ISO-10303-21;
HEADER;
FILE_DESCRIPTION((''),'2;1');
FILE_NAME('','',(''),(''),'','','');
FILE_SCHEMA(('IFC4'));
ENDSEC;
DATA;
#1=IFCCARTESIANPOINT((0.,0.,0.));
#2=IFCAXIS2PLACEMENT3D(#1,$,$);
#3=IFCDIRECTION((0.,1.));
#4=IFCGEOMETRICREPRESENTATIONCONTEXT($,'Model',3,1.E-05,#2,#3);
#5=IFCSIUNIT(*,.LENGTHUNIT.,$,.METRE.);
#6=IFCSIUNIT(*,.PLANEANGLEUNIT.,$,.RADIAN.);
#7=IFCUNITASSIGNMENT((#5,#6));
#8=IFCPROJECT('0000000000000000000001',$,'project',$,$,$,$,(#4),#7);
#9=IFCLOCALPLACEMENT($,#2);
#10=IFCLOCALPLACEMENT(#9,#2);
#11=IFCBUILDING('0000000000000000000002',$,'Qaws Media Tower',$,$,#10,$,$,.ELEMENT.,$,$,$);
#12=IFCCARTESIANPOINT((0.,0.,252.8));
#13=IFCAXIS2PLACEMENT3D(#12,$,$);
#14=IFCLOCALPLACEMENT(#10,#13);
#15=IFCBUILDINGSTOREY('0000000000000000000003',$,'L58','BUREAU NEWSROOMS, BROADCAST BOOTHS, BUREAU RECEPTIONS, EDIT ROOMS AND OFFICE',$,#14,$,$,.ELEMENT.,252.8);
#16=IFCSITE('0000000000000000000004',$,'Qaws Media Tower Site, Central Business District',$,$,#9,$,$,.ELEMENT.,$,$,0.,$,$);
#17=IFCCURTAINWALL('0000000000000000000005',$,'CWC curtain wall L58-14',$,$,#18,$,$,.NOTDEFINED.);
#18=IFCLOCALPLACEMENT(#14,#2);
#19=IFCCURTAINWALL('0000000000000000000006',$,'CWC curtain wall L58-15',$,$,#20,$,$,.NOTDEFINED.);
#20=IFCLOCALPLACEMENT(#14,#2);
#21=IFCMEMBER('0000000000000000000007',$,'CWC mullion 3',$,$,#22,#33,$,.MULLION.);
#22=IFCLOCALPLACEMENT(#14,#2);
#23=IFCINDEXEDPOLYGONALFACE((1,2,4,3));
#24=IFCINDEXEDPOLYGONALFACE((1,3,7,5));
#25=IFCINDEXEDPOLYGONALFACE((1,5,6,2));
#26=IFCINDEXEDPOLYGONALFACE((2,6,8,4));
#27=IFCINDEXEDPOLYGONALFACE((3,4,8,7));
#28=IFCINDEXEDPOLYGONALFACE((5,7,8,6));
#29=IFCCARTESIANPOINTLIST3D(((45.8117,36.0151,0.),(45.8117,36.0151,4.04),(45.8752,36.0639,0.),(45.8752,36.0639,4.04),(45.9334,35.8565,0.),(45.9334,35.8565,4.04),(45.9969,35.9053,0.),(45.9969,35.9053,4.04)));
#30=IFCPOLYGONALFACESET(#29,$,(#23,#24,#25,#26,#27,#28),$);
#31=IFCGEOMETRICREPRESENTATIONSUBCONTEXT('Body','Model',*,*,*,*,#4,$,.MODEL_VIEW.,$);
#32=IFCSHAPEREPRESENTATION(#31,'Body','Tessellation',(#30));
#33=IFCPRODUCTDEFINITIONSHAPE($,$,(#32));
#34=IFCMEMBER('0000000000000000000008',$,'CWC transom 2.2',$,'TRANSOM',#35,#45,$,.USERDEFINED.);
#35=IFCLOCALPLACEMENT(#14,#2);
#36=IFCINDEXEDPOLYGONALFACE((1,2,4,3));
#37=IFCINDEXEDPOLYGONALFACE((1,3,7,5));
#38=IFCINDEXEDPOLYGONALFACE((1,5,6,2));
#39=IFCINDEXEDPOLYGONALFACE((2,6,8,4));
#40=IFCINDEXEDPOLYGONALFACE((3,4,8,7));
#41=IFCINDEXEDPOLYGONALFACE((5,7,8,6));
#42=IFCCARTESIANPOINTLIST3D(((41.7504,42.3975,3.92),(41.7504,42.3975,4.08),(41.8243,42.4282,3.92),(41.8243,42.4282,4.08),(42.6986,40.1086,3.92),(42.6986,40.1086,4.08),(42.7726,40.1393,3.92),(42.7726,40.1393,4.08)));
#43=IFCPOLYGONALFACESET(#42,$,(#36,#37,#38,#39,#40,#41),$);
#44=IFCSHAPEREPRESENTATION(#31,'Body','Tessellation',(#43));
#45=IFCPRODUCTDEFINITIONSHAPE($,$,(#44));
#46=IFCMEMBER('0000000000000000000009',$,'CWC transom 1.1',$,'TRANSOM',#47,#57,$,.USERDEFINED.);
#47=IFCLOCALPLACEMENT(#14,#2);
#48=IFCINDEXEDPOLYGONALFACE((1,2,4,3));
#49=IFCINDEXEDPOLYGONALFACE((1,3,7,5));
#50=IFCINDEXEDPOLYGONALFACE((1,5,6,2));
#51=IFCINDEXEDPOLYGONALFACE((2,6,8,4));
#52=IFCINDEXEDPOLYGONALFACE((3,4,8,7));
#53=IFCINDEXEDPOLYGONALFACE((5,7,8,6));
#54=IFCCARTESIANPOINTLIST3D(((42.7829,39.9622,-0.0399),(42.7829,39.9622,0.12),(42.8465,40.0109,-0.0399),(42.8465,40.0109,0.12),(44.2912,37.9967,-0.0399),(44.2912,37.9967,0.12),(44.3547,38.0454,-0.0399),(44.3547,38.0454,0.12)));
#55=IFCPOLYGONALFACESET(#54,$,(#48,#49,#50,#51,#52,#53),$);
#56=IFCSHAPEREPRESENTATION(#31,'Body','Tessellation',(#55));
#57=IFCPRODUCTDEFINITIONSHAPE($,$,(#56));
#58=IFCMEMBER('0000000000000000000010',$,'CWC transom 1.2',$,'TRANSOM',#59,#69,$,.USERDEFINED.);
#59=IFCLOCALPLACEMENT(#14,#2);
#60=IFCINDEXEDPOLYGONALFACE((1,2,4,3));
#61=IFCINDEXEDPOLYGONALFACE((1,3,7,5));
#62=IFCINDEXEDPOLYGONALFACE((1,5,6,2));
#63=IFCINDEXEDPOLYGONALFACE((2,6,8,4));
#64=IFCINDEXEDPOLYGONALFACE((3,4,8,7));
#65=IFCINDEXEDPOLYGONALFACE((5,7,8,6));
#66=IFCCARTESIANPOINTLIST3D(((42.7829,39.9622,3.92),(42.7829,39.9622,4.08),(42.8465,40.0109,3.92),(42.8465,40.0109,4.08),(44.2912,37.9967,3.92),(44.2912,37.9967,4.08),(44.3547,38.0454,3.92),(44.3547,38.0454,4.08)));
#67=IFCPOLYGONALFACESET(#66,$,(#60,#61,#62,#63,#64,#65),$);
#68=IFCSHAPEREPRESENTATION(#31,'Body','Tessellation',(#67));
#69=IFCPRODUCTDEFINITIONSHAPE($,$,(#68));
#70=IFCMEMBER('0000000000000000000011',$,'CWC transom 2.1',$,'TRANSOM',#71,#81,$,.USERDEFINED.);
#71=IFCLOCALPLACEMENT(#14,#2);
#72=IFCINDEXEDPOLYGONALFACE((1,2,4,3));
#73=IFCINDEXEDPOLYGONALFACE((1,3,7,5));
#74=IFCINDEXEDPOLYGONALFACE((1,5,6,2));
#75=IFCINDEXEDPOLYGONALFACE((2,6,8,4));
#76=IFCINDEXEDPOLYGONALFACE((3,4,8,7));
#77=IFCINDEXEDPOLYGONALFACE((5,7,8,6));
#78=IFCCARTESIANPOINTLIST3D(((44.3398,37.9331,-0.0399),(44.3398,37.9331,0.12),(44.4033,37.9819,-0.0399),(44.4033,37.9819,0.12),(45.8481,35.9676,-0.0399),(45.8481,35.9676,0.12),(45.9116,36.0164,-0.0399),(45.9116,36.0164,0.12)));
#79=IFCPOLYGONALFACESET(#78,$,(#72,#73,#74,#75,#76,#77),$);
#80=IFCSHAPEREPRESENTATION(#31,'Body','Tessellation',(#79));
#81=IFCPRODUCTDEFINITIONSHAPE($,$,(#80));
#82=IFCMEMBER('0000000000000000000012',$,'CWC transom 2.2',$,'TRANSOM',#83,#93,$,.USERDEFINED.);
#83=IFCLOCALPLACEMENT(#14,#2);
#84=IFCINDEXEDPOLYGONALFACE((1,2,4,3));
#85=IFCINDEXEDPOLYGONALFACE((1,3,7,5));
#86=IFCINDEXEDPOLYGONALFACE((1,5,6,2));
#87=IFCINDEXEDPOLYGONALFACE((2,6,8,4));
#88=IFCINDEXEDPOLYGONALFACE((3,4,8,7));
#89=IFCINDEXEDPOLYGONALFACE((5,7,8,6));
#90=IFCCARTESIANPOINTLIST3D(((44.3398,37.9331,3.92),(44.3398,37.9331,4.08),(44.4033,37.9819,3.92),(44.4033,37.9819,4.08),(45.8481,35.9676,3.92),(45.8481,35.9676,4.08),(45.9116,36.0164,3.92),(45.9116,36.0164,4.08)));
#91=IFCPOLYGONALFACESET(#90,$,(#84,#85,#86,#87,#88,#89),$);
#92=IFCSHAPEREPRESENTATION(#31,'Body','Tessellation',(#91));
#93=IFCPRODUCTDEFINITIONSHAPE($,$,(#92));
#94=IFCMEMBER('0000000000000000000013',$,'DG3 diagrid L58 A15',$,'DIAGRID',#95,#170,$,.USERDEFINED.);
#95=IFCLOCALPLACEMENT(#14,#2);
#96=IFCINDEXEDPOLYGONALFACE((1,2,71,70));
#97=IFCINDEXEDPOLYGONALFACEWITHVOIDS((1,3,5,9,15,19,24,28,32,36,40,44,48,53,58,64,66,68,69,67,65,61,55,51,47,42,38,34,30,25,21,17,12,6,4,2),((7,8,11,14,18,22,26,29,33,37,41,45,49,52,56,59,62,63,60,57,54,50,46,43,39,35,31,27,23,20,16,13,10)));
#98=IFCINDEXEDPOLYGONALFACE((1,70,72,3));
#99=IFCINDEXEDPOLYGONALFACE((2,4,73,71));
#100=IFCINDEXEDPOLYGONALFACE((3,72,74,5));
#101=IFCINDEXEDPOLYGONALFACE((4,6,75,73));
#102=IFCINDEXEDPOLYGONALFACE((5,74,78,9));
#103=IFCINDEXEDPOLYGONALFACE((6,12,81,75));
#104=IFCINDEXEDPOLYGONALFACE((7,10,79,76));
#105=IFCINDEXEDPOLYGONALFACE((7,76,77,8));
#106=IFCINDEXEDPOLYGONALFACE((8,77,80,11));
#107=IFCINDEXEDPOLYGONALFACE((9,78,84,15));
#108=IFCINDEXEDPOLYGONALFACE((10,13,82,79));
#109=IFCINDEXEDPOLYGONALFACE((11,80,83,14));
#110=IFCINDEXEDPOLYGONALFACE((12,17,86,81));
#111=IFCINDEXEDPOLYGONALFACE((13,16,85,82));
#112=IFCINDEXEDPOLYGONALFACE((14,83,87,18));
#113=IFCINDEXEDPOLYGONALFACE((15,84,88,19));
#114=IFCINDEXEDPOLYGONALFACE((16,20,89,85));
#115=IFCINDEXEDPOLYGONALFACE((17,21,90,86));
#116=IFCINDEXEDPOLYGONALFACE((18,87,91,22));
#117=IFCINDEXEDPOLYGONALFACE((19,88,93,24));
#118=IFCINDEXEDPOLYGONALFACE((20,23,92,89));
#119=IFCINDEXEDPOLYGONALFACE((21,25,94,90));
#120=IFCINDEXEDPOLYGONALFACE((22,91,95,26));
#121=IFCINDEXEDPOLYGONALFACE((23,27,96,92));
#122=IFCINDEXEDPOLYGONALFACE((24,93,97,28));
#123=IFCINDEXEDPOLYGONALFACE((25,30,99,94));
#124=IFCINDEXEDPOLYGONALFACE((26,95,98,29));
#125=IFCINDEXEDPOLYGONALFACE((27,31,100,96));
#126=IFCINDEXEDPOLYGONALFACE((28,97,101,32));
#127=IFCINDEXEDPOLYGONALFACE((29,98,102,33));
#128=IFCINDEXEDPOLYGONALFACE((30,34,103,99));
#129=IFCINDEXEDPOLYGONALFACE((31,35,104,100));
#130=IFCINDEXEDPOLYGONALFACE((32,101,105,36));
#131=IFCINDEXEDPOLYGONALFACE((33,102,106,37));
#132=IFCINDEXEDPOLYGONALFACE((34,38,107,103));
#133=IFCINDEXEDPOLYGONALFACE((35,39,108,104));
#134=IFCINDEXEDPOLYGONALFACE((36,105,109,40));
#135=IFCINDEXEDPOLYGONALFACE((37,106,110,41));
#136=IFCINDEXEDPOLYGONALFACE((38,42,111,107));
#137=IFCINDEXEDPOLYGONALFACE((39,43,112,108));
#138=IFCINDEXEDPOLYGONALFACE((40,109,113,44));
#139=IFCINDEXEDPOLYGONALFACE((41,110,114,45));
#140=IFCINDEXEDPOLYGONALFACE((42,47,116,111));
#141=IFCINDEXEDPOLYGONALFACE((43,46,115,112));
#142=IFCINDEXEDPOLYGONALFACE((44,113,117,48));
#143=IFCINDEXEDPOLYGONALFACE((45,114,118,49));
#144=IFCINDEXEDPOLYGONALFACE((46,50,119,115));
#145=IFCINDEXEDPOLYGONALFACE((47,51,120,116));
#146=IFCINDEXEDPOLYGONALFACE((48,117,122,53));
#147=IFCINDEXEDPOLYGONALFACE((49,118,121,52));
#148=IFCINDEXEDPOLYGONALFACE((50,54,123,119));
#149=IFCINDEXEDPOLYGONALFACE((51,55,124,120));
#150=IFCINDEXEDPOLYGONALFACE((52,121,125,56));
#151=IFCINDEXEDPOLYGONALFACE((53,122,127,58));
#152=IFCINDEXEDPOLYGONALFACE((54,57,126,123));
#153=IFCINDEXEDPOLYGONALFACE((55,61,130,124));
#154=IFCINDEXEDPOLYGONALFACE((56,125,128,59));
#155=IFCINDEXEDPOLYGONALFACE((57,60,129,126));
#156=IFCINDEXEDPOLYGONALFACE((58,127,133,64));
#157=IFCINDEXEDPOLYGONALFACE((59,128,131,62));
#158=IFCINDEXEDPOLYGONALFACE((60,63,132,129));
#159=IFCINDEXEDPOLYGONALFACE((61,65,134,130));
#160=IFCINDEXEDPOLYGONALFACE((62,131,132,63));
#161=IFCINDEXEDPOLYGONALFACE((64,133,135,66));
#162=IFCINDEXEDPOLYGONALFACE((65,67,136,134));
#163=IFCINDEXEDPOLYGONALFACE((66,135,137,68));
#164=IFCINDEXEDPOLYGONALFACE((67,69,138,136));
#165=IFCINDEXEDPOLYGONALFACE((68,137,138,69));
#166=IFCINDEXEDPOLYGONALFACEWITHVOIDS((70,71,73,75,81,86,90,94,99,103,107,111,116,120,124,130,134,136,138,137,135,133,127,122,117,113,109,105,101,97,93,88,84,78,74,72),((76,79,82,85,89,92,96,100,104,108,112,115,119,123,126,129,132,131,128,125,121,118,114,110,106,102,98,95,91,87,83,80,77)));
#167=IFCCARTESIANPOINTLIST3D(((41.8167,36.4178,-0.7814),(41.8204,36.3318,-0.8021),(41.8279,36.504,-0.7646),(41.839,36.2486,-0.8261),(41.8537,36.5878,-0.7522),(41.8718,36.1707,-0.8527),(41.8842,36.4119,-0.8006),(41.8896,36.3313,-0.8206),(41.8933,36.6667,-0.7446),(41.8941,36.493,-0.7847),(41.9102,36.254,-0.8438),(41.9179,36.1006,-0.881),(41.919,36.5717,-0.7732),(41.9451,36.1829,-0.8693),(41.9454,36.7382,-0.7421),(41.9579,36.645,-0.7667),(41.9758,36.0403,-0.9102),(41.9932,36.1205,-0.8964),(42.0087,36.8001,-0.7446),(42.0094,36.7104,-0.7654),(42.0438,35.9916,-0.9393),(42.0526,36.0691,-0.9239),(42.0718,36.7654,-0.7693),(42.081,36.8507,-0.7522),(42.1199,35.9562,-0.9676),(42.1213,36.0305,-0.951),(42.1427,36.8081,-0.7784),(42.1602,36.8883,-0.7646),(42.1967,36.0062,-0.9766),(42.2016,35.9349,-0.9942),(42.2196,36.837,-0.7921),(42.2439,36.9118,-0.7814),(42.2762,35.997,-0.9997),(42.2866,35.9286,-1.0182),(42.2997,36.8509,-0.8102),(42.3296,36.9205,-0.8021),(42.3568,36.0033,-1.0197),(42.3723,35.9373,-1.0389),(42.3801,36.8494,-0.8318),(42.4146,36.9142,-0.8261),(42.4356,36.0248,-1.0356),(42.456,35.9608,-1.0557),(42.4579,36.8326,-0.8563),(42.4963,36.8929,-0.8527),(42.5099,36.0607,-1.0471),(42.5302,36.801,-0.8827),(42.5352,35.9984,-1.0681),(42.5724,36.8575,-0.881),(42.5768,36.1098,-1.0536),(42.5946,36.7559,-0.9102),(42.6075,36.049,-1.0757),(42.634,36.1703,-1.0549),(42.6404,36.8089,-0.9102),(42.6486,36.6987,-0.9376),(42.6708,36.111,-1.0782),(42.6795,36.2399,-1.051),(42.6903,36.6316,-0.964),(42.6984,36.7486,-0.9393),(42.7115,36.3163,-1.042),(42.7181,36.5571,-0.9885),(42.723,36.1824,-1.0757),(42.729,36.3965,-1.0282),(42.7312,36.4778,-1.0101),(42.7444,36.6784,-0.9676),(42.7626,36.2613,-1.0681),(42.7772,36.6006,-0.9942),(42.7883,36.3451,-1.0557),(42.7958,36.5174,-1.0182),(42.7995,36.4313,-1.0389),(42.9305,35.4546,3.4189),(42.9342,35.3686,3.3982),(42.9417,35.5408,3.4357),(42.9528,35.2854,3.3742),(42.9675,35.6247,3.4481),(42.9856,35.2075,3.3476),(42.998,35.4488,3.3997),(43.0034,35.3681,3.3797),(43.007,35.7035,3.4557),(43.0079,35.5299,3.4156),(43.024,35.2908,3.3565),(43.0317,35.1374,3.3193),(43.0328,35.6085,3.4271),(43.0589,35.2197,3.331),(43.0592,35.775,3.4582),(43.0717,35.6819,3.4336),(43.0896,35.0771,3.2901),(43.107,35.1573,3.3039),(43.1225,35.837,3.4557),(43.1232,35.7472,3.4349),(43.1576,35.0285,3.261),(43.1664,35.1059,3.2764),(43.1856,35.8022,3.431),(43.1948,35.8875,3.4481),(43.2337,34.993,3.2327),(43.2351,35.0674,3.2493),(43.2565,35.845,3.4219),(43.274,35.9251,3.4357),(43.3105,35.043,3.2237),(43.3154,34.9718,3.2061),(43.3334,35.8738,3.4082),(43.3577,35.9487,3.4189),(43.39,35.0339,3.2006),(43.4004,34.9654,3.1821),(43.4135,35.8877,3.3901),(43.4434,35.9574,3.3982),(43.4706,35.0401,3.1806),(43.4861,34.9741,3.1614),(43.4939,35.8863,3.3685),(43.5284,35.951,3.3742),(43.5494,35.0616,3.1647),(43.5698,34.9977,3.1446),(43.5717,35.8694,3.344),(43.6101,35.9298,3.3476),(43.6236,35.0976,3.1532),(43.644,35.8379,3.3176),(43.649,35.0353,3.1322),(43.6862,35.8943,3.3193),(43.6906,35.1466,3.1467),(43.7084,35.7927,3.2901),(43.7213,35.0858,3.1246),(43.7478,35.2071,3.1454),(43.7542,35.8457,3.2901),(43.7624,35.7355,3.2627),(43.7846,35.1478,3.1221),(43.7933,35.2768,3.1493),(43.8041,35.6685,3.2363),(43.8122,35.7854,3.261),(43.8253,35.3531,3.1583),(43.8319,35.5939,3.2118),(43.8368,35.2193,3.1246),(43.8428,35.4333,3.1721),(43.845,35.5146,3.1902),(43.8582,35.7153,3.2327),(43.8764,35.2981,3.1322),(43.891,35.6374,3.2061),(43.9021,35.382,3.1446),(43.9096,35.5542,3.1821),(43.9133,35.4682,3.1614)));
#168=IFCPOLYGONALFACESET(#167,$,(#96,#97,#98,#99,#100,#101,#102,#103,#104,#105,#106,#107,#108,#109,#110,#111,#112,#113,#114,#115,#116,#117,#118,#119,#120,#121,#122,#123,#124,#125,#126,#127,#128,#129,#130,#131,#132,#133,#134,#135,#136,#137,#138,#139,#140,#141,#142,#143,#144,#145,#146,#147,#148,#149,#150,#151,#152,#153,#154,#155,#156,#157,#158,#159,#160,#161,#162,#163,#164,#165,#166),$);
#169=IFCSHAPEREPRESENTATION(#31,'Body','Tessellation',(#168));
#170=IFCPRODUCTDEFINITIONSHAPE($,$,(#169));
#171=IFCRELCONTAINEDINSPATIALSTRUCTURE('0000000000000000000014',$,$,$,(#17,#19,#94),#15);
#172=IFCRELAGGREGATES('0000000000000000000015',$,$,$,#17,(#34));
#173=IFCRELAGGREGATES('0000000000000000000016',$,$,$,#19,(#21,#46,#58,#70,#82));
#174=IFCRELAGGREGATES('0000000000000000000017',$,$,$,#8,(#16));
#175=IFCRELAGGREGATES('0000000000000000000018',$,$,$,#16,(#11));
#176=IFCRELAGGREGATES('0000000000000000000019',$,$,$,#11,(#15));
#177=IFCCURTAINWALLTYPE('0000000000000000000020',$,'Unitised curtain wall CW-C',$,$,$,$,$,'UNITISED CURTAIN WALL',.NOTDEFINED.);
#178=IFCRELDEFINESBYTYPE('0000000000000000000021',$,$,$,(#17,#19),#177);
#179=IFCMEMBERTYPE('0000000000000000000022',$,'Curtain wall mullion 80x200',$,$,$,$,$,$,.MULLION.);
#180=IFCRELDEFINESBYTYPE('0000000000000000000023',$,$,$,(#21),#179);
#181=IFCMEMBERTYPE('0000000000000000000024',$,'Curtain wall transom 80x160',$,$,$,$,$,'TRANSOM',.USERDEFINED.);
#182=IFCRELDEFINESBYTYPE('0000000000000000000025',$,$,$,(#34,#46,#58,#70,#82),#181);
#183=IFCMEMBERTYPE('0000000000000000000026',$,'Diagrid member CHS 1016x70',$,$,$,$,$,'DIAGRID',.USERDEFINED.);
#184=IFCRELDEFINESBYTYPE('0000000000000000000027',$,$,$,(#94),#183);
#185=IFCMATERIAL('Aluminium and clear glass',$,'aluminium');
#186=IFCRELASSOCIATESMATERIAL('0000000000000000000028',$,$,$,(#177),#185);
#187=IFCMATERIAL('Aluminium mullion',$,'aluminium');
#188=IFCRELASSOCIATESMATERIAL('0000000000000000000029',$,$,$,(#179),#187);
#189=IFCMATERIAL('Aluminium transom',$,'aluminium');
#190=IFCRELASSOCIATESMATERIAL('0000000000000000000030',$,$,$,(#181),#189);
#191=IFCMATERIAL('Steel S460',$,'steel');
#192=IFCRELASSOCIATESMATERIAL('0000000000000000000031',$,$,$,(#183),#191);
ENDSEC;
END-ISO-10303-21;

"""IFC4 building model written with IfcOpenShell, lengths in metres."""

from ifc_helpers import new_model, si_unit, direction, frame, origin, origin_2d, place, context, subcontext, project, spatial, rectangle, hollow_circle, extrude, material, material_profile, profile_set, type_object, element, aggregate, save


model = new_model("IFC4")

# Units and contexts
model_context = context("Model", 3, precision=1e-05, world=origin(), true_north=direction((0.0, 1.0)))
body_context = subcontext(model_context, "Body", "Model", "MODEL_VIEW")
ifc_project = project(units=[si_unit("LENGTHUNIT", "METRE"), si_unit("PLANEANGLEUNIT", "RADIAN")], contexts=[model_context])

# Site, building, storey
site_placement = place(None, origin())
site = spatial("IfcSite", under=ifc_project, at=site_placement, Name="Qaws Media Tower Site, Central Business District", CompositionType="ELEMENT", RefElevation=0.0)
building_placement = place(site_placement, origin())
building = spatial("IfcBuilding", under=site, at=building_placement, Name="Qaws Media Tower", CompositionType="ELEMENT")
storey_placement = place(building_placement, frame((0.0, 0.0, 252.8)))
storey = spatial("IfcBuildingStorey", under=building, at=storey_placement, Name="L58", Description="BUREAU NEWSROOMS, BROADCAST BOOTHS, BUREAU RECEPTIONS, EDIT ROOMS AND OFFICE", CompositionType="ELEMENT", Elevation=252.8)

# Curtain wall
ifc_material_1 = material(Name="Aluminium and clear glass", Category="aluminium")
curtain_wall_type = type_object("IfcCurtainWallType", Name="Unitised curtain wall CW-C", ElementType="UNITISED CURTAIN WALL", PredefinedType="NOTDEFINED", material=ifc_material_1)
curtain_wall_1_placement = place(storey_placement, origin())
curtain_wall_1 = element("IfcCurtainWall", 1, at=curtain_wall_1_placement, inside=storey, type_object=curtain_wall_type, Name="CWC curtain wall L58-14", PredefinedType="NOTDEFINED")
ifc_material_2 = material(Name="Aluminium mullion", Category="aluminium")
ifc_material_profile_1 = material_profile(ifc_material_2, rectangle(XDim=0.0801, YDim=0.2, at=origin_2d()), Name="80x200")
ifc_profile_set_1 = profile_set([ifc_material_profile_1], Name="Aluminium mullion")
member_type_1 = type_object("IfcMemberType", Name="Curtain wall mullion 80x200", PredefinedType="MULLION", material=ifc_profile_set_1)

# Curtain wall, member
curtain_wall_2_placement = place(storey_placement, origin())
curtain_wall_2 = element("IfcCurtainWall", 2, at=curtain_wall_2_placement, inside=storey, type_object=curtain_wall_type, Name="CWC curtain wall L58-15", PredefinedType="NOTDEFINED")
member_1_placement = place(storey_placement, frame((45.9043, 35.9602, 0.0), z_axis=(0.0, 0.0, 1.0), x_axis=(0.793353, 0.608761, 0.0)))
member_1 = element("IfcMember", 3, at=member_1_placement, type_object=member_type_1, Name="CWC mullion 3", PredefinedType="MULLION", context=body_context, shape_type="SweptSolid", body=[
    extrude(rectangle(XDim=0.0801, YDim=0.2, at=origin_2d()), origin(), (0.0, 0.0, 1.0), 4.04),
])

# Members
ifc_material_3 = material(Name="Aluminium transom", Category="aluminium")
ifc_material_profile_2 = material_profile(ifc_material_3, rectangle(XDim=0.0801, YDim=0.1599, at=origin_2d()), Name="80x160")
ifc_profile_set_2 = profile_set([ifc_material_profile_2], Name="Aluminium transom")
member_type_2 = type_object("IfcMemberType", Name="Curtain wall transom 80x160", ElementType="TRANSOM", PredefinedType="USERDEFINED", material=ifc_profile_set_2)
member_2_placement = place(storey_placement, frame((41.7874, 42.4128, 4.0), z_axis=(0.382746, -0.923853, 0.0), x_axis=(0.923853, 0.382746, 0.0)))
member_2 = element("IfcMember", 4, at=member_2_placement, type_object=member_type_2, Name="CWC transom 2.2", ObjectType="TRANSOM", PredefinedType="USERDEFINED", context=body_context, shape_type="SweptSolid", body=[
    extrude(rectangle(XDim=0.0801, YDim=0.1599, at=origin_2d()), origin(), (0.0, 0.0, 1.0), 2.4775),
])
member_3_placement = place(storey_placement, frame((42.8147, 39.9866, 0.04), z_axis=(0.608777, -0.793341, 0.0), x_axis=(0.793341, 0.608777, 0.0)))
member_3 = element("IfcMember", 5, at=member_3_placement, type_object=member_type_2, Name="CWC transom 1.1", ObjectType="TRANSOM", PredefinedType="USERDEFINED", context=body_context, shape_type="SweptSolid", body=[
    extrude(rectangle(XDim=0.0801, YDim=0.1599, at=origin_2d()), origin(), (0.0, 0.0, 1.0), 2.4775),
])
member_4_placement = place(storey_placement, frame((42.8147, 39.9866, 4.0), z_axis=(0.608777, -0.793341, 0.0), x_axis=(0.793341, 0.608777, 0.0)))
member_4 = element("IfcMember", 6, at=member_4_placement, type_object=member_type_2, Name="CWC transom 1.2", ObjectType="TRANSOM", PredefinedType="USERDEFINED", context=body_context, shape_type="SweptSolid", body=[
    extrude(rectangle(XDim=0.0801, YDim=0.1599, at=origin_2d()), origin(), (0.0, 0.0, 1.0), 2.4775),
])
member_5_placement = place(storey_placement, frame((44.3716, 37.9575, 0.04), z_axis=(0.608777, -0.793341, 0.0), x_axis=(0.793341, 0.608777, 0.0)))
member_5 = element("IfcMember", 7, at=member_5_placement, type_object=member_type_2, Name="CWC transom 2.1", ObjectType="TRANSOM", PredefinedType="USERDEFINED", context=body_context, shape_type="SweptSolid", body=[
    extrude(rectangle(XDim=0.0801, YDim=0.1599, at=origin_2d()), origin(), (0.0, 0.0, 1.0), 2.4775),
])
member_6_placement = place(storey_placement, frame((44.3716, 37.9575, 4.0), z_axis=(0.608777, -0.793341, 0.0), x_axis=(0.793341, 0.608777, 0.0)))
member_6 = element("IfcMember", 8, at=member_6_placement, type_object=member_type_2, Name="CWC transom 2.2", ObjectType="TRANSOM", PredefinedType="USERDEFINED", context=body_context, shape_type="SweptSolid", body=[
    extrude(rectangle(XDim=0.0801, YDim=0.1599, at=origin_2d()), origin(), (0.0, 0.0, 1.0), 2.4775),
])

# Member
ifc_material_4 = material(Name="Steel S460", Category="steel")
ifc_material_profile_3 = material_profile(ifc_material_4, hollow_circle(Radius=0.5081, WallThickness=0.0701, at=origin_2d()), Name="CHS 1016x70")
ifc_profile_set_3 = profile_set([ifc_material_profile_3], Name="Steel S460")
member_type_3 = type_object("IfcMemberType", Name="Diagrid member CHS 1016x70", ElementType="DIAGRID", PredefinedType="USERDEFINED", material=ifc_profile_set_3)
for number, where, z_axis, x_axis, name in (
    (9, (42.3081, 36.4246, -0.9102), (0.250239, -0.216395, 0.943691), (0.654103, 0.756405, 0.0), "DG3 diagrid L58 A15"),
):
    element("IfcMember", number, at=place(storey_placement, frame(where, z_axis=z_axis, x_axis=x_axis)), inside=storey, type_object=member_type_3, Name=name, ObjectType="DIAGRID", PredefinedType="USERDEFINED", context=body_context, shape_type="SweptSolid", body=[
        extrude(hollow_circle(Radius=0.5081, WallThickness=0.0701, at=origin_2d()), origin(), (0.0, 0.0, 1.0), 4.4509),
    ])

aggregate(curtain_wall_1, [member_2])
aggregate(curtain_wall_2, [member_1, member_3, member_4, member_5, member_6])

save(model, "model.ifc")
